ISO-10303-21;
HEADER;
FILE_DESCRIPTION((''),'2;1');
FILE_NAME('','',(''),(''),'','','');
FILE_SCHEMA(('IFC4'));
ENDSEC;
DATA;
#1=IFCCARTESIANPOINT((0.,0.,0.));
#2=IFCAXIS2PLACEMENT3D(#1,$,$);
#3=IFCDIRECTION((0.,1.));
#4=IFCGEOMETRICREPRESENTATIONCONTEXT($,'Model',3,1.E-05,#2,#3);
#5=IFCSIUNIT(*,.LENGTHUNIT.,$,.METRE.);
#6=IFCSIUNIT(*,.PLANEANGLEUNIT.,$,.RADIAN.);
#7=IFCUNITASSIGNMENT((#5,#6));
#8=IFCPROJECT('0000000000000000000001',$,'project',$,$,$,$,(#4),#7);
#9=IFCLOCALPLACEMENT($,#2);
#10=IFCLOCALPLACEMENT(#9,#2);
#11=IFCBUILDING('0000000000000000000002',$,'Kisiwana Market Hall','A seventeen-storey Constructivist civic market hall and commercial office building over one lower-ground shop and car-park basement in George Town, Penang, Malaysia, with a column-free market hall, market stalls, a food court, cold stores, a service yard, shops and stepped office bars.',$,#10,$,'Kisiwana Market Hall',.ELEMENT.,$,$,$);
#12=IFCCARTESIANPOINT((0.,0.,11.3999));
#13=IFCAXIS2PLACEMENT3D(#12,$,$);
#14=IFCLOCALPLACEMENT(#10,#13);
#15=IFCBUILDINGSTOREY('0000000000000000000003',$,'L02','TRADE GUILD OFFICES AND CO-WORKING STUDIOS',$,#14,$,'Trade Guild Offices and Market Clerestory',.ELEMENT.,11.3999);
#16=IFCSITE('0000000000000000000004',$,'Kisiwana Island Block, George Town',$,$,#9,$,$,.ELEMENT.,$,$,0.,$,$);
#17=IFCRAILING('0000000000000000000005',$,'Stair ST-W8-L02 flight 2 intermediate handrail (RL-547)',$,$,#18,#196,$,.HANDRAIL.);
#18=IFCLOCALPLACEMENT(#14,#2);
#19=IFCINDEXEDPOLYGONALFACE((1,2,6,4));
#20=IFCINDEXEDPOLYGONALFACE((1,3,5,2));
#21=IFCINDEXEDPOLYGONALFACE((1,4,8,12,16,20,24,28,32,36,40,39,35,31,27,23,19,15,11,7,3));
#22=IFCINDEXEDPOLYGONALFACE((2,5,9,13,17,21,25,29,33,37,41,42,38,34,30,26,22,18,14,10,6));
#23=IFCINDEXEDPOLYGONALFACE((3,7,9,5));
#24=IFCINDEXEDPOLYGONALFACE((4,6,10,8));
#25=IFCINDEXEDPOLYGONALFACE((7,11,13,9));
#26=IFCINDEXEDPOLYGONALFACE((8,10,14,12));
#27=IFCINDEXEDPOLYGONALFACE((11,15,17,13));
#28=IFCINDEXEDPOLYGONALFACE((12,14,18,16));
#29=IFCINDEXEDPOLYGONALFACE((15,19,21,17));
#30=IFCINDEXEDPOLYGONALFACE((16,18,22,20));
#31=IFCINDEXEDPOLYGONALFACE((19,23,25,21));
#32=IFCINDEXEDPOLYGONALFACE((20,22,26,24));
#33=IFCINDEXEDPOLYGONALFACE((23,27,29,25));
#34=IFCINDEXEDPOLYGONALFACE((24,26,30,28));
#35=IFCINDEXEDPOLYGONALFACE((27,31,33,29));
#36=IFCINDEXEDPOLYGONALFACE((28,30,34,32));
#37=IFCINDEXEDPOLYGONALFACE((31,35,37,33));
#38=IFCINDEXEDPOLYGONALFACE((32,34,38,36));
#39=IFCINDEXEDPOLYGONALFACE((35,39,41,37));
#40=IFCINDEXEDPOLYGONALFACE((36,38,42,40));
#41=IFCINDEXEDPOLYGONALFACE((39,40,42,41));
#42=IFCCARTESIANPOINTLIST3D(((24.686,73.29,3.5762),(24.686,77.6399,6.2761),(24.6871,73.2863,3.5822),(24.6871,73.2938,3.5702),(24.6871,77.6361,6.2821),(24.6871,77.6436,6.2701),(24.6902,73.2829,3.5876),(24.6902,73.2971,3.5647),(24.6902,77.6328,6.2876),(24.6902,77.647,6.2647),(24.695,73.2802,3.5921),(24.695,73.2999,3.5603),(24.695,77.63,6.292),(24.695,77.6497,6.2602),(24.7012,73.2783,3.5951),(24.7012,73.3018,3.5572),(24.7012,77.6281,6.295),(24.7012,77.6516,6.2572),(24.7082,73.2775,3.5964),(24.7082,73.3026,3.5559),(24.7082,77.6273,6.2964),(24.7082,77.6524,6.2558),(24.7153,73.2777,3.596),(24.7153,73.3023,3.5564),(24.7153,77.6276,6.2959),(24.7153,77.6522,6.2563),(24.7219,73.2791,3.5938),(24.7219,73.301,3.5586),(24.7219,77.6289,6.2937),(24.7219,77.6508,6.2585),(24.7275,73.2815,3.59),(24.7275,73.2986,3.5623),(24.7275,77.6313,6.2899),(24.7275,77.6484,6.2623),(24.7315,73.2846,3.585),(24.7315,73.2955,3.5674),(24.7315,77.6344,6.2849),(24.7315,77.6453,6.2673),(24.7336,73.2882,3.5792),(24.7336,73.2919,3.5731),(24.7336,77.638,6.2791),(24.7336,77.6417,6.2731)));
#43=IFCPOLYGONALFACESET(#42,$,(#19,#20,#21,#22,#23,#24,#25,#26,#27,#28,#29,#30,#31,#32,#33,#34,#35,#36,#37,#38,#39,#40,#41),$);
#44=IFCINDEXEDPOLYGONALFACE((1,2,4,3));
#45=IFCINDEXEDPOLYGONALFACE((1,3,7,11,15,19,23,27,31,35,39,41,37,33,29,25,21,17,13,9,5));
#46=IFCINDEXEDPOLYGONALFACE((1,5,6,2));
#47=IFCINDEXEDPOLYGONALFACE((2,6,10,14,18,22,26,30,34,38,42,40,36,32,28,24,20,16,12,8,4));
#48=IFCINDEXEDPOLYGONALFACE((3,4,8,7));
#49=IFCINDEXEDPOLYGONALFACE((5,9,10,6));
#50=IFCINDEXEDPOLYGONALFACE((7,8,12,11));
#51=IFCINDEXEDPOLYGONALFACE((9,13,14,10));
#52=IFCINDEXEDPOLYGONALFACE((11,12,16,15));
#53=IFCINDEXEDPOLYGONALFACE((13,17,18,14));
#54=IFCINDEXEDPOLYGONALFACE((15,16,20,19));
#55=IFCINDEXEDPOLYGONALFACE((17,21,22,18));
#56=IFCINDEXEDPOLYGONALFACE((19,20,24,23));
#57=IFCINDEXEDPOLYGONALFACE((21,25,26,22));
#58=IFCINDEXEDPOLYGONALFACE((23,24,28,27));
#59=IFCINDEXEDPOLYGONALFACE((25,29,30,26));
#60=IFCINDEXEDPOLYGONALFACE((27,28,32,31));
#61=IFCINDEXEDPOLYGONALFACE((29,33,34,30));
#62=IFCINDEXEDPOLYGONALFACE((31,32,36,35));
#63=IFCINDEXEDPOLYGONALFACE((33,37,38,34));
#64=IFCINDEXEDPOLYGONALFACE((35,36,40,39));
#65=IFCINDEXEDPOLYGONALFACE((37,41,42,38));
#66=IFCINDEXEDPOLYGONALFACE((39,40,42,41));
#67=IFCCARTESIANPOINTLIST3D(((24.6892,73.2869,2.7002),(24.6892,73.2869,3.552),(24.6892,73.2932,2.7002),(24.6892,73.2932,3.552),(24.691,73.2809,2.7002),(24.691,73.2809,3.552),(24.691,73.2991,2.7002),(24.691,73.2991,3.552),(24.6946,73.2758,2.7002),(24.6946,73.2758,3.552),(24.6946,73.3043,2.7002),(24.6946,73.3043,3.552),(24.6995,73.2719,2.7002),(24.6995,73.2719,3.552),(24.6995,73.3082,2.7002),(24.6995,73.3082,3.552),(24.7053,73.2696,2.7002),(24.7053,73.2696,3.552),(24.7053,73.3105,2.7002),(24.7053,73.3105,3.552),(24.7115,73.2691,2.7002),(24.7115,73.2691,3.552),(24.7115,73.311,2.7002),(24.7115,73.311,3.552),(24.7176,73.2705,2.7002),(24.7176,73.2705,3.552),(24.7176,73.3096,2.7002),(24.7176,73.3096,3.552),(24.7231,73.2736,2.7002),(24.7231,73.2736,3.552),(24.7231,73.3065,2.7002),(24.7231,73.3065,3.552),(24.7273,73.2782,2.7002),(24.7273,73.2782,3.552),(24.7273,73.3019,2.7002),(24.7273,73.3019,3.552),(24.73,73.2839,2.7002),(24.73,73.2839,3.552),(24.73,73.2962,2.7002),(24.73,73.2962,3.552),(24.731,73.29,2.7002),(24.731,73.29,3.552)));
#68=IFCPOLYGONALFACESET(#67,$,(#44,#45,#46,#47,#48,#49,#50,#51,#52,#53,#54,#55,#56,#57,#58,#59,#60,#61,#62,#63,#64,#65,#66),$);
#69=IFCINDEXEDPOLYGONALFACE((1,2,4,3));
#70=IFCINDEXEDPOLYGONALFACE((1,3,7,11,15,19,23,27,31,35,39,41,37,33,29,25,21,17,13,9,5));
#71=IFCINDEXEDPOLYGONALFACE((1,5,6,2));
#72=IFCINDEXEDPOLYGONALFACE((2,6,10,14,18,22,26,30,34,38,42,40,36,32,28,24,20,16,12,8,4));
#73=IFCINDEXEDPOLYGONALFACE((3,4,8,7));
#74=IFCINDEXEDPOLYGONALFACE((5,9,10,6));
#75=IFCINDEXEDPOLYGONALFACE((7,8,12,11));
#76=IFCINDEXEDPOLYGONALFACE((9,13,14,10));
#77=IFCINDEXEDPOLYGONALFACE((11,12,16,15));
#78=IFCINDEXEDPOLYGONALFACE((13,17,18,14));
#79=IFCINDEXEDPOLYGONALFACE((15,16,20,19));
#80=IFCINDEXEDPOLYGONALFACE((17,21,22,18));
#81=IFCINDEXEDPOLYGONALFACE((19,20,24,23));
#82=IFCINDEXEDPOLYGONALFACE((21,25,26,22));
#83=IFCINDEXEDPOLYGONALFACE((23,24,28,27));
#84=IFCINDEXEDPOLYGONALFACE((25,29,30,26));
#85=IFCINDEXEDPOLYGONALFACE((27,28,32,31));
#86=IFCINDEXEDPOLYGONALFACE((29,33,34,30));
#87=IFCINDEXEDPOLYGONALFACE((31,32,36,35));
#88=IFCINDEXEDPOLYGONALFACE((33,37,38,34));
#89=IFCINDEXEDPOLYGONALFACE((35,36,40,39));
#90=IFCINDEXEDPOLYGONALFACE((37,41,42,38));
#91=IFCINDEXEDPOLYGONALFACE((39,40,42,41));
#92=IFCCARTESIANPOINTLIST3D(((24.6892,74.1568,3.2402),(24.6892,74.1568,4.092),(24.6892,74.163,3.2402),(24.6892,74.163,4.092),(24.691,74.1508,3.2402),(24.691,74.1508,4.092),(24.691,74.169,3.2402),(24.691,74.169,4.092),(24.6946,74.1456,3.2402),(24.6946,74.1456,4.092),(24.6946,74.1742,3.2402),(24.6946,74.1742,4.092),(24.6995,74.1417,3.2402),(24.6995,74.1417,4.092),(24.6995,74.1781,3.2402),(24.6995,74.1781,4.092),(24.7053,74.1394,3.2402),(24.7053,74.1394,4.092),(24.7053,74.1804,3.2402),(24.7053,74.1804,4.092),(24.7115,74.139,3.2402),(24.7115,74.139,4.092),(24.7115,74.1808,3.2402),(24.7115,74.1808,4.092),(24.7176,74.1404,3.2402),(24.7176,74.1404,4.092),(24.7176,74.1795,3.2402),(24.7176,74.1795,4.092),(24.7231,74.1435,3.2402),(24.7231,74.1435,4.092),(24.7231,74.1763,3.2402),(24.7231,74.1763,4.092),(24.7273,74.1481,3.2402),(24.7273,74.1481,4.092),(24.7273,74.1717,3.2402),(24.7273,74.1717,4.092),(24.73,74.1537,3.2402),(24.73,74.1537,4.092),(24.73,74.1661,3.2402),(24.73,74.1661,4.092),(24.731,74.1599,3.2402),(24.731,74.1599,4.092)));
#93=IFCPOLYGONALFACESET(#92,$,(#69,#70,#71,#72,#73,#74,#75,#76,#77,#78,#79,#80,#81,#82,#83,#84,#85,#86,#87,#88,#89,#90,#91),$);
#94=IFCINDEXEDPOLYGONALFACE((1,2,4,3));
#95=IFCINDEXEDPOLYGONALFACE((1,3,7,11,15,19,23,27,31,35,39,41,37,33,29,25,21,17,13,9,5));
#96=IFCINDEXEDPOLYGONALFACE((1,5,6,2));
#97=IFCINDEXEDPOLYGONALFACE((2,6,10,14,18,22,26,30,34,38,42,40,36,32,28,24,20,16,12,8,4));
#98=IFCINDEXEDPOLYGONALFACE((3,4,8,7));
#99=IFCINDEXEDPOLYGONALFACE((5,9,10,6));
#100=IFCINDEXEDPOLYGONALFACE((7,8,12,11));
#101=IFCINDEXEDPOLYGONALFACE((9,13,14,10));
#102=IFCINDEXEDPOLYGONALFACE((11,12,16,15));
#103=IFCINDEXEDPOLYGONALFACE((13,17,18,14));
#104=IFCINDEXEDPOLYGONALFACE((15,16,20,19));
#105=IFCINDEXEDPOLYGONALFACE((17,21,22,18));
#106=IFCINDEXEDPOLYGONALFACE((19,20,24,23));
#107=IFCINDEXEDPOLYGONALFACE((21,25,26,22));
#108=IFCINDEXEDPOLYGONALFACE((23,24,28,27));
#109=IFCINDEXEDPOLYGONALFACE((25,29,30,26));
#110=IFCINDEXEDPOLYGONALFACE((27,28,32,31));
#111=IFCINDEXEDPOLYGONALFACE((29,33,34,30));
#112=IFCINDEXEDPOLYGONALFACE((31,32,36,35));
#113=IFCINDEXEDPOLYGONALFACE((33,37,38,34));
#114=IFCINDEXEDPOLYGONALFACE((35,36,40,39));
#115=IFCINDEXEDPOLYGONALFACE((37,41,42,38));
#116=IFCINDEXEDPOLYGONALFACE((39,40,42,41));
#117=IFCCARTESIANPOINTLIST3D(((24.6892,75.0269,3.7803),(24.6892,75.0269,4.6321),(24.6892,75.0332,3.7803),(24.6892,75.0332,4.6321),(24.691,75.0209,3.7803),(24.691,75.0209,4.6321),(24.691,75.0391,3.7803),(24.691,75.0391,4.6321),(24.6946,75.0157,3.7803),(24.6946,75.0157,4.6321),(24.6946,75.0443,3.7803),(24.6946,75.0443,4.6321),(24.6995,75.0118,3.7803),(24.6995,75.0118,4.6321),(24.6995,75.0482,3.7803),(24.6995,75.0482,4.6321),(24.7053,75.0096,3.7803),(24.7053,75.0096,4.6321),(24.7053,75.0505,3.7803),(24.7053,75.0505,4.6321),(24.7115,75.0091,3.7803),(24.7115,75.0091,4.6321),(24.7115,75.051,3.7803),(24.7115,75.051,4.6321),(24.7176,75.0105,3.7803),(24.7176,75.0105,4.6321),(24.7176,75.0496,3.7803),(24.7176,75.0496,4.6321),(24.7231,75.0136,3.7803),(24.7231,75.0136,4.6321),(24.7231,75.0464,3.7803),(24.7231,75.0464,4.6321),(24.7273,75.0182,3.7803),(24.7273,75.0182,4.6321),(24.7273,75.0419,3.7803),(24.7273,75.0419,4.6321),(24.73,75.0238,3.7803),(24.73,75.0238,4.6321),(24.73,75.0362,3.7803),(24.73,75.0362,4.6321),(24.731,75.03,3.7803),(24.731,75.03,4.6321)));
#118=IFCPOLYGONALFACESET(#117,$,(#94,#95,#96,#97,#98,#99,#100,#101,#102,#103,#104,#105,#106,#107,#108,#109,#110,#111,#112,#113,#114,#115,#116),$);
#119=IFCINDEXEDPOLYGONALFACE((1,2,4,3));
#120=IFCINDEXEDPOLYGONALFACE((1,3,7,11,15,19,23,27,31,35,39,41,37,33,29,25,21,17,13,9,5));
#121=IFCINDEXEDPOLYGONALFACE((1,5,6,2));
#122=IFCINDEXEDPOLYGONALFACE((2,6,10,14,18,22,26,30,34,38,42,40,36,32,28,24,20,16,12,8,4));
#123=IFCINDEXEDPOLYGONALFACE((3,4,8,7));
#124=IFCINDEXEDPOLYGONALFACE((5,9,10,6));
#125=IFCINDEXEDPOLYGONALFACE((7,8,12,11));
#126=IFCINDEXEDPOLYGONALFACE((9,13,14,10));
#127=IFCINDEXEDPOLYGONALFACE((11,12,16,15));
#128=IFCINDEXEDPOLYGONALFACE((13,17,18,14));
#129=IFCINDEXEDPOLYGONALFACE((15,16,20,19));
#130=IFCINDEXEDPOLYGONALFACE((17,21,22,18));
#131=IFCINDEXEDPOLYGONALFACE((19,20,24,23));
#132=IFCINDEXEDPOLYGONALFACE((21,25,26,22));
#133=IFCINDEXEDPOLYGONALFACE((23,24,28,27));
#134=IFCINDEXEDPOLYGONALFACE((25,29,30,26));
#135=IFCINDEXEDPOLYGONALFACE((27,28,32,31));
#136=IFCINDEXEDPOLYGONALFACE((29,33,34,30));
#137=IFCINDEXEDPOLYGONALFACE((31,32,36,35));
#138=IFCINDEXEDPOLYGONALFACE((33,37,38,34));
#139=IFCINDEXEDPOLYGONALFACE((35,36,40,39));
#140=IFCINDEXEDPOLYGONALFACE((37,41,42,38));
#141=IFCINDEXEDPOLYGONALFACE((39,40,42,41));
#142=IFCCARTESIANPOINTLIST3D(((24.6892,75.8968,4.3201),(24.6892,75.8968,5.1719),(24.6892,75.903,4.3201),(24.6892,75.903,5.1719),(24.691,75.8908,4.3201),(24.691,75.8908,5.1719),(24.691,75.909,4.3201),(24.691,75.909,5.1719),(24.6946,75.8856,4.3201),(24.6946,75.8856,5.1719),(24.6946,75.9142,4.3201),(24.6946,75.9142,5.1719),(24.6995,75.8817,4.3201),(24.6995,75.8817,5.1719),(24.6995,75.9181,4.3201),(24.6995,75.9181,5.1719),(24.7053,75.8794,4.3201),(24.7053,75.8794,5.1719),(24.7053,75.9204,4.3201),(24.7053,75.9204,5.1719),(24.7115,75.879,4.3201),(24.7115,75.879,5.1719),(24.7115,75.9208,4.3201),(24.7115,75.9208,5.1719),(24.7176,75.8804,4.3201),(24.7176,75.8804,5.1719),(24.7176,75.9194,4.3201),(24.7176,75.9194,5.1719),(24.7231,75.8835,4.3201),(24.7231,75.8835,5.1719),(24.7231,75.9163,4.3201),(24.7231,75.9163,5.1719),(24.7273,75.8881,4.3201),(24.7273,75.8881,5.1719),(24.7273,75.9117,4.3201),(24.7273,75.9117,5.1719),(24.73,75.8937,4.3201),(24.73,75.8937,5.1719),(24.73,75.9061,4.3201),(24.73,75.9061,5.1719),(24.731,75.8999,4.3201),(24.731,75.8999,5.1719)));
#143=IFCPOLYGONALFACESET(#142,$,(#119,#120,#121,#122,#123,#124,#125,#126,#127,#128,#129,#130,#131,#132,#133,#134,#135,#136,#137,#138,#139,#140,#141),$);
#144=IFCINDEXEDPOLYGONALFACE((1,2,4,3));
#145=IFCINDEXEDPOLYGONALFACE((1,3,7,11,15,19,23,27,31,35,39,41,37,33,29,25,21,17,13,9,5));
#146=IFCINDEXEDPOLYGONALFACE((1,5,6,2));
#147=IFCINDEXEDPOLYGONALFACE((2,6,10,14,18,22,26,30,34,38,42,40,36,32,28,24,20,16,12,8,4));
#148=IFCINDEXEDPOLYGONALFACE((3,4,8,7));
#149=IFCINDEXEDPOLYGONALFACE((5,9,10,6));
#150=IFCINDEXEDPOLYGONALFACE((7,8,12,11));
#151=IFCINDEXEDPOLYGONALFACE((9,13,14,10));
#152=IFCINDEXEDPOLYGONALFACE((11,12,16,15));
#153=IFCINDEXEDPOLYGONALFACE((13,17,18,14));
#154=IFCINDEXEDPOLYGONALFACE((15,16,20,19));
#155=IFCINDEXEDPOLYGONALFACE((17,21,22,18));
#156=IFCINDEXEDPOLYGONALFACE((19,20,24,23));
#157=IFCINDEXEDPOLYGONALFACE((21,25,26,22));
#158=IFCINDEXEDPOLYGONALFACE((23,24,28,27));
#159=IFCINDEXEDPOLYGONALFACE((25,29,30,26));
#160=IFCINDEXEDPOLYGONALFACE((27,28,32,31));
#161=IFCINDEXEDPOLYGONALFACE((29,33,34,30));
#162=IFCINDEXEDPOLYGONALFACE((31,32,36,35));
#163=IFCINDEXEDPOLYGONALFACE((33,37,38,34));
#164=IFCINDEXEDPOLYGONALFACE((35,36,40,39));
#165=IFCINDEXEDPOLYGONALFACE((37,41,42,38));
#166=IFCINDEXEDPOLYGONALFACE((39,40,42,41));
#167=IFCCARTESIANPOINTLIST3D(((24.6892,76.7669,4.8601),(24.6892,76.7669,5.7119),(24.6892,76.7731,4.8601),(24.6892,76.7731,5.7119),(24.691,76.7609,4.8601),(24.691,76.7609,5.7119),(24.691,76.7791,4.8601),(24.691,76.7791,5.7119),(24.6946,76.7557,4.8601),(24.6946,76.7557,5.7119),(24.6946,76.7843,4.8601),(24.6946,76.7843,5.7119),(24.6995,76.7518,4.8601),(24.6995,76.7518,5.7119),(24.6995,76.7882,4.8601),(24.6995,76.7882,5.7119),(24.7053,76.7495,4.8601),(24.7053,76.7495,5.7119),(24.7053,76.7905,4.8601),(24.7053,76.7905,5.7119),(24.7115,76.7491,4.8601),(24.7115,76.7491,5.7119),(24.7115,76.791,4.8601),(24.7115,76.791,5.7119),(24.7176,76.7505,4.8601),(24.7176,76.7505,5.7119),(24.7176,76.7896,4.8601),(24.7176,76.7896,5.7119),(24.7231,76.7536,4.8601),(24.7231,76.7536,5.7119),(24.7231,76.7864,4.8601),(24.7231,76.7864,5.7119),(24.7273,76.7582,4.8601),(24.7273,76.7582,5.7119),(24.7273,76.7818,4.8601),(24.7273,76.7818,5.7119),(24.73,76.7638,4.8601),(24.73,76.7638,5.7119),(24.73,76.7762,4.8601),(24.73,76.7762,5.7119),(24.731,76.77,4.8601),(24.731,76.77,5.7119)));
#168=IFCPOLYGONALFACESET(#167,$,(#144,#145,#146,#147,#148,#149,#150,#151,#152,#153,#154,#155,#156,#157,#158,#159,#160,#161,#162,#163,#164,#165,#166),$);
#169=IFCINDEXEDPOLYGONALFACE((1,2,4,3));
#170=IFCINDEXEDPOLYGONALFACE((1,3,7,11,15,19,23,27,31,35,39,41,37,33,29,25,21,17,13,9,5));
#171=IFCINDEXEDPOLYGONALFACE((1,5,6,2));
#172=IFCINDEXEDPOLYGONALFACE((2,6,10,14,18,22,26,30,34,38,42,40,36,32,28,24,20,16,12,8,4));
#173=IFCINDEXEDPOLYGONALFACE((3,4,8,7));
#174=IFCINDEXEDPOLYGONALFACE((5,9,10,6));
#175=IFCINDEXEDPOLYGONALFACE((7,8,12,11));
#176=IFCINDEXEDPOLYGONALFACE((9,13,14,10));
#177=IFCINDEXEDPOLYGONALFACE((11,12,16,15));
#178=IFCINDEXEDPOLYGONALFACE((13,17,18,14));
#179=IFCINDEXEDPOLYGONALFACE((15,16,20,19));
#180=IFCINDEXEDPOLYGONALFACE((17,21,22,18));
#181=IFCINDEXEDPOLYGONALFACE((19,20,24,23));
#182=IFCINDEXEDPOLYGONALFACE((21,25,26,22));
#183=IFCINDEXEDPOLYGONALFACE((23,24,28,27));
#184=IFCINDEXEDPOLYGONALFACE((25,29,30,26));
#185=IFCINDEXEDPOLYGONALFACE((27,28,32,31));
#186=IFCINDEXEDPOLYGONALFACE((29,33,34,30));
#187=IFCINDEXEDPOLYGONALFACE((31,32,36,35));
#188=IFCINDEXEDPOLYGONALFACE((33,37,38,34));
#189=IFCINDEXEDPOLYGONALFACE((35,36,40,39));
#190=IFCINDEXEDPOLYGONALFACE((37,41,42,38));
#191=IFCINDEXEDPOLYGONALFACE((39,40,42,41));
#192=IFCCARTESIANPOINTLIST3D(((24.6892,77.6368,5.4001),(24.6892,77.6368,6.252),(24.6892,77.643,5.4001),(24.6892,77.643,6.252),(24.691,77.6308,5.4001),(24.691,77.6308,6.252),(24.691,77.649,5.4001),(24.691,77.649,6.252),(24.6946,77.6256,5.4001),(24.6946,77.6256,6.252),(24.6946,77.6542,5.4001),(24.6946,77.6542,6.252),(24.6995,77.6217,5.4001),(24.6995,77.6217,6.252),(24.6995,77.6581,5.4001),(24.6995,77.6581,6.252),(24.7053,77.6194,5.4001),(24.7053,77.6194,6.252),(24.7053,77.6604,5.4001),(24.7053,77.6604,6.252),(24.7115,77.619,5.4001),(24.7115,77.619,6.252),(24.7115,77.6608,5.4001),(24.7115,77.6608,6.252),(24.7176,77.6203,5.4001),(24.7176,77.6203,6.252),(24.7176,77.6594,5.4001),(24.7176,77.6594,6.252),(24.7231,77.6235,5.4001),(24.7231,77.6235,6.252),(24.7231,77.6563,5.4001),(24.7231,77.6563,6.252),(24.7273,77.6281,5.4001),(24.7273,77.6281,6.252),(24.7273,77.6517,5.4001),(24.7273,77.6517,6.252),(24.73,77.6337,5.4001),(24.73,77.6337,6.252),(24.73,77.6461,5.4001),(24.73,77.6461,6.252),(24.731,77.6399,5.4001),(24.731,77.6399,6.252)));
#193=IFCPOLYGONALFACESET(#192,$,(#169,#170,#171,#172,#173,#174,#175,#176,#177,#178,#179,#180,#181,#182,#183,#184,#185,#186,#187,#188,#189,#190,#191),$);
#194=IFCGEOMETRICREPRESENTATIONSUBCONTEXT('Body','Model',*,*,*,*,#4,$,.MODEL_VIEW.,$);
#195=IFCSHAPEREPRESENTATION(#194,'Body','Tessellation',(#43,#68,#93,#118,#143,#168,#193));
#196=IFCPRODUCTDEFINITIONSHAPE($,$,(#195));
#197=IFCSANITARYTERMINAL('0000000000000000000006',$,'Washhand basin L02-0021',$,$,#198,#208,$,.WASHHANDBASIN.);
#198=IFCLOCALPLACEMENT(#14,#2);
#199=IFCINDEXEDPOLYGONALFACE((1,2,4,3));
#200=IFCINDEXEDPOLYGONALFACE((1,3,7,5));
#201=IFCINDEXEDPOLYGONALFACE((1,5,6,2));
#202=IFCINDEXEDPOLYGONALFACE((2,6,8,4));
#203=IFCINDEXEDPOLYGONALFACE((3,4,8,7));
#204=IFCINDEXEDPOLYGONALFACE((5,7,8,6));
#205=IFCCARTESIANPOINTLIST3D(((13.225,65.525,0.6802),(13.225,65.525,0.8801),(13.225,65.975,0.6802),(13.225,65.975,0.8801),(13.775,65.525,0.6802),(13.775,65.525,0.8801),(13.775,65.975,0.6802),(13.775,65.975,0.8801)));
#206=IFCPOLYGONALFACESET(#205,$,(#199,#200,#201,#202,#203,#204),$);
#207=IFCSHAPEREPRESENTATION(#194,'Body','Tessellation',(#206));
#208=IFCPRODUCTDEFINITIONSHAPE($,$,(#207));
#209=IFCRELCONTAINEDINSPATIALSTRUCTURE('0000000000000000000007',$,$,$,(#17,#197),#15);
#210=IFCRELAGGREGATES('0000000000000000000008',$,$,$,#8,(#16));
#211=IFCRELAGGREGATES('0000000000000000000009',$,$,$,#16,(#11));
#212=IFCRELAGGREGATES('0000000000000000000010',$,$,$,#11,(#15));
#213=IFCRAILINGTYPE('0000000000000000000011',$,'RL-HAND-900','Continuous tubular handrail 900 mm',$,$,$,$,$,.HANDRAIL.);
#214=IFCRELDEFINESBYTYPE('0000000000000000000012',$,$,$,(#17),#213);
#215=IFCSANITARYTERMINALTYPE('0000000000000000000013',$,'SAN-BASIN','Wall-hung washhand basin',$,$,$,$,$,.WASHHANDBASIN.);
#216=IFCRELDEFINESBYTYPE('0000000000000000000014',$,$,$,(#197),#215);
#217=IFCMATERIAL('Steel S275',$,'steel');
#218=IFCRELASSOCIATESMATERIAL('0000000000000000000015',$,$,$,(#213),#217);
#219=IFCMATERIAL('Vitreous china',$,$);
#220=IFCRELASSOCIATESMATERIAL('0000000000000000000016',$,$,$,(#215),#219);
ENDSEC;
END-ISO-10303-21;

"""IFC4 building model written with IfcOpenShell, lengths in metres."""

from ifc_helpers import new_model, si_unit, direction, frame, origin, origin_2d, place, context, subcontext, project, spatial, rectangle, circle, extrude, material, type_object, element, save


model = new_model("IFC4")

# Units and contexts
model_context = context("Model", 3, precision=1e-05, world=origin(), true_north=direction((0.0, 1.0)))
body_context = subcontext(model_context, "Body", "Model", "MODEL_VIEW")
ifc_project = project(units=[si_unit("LENGTHUNIT", "METRE"), si_unit("PLANEANGLEUNIT", "RADIAN")], contexts=[model_context])

# Site, building, storey
site_placement = place(None, origin())
site = spatial("IfcSite", under=ifc_project, at=site_placement, Name="Kisiwana Island Block, George Town", CompositionType="ELEMENT", RefElevation=0.0)
building_placement = place(site_placement, origin())
building = spatial("IfcBuilding", under=site, at=building_placement, Name="Kisiwana Market Hall", Description="A seventeen-storey Constructivist civic market hall and commercial office building over one lower-ground shop and car-park basement in George Town, Penang, Malaysia, with a column-free market hall, market stalls, a food court, cold stores, a service yard, shops and stepped office bars.", LongName="Kisiwana Market Hall", CompositionType="ELEMENT")
storey_placement = place(building_placement, frame((0.0, 0.0, 11.3999)))
storey = spatial("IfcBuildingStorey", under=building, at=storey_placement, Name="L02", Description="TRADE GUILD OFFICES AND CO-WORKING STUDIOS", LongName="Trade Guild Offices and Market Clerestory", CompositionType="ELEMENT", Elevation=11.3999)

# Railing
ifc_material_1 = material(Name="Steel S275", Category="steel")
railing_type_1 = type_object("IfcRailingType", Name="RL-HAND-900", Description="Continuous tubular handrail 900 mm", PredefinedType="HANDRAIL", material=ifc_material_1)
railing_1_placement = place(storey_placement, frame((24.71, 73.29, 2.7002)))
element("IfcRailing", 1, at=railing_1_placement, inside=storey, type_object=railing_type_1, Name="Stair ST-W8-L02 flight 2 intermediate handrail (RL-547)", PredefinedType="HANDRAIL", context=body_context, shape_type="SweptSolid", body=[
    extrude(circle(Radius=0.0239, at=origin_2d()), frame((0.0, 0.0, 0.876), z_axis=(0.0, 0.849636, 0.527369), x_axis=(-1.0, 0.0, 0.0)), (0.0, 0.0, 1.0), 5.1196),
    extrude(circle(Radius=0.021, at=origin_2d()), origin(), (0.0, 0.0, 1.0), 0.8518),
    extrude(circle(Radius=0.021, at=origin_2d()), frame((0.0, 0.8699, 0.54)), (0.0, 0.0, 1.0), 0.8518),
    extrude(circle(Radius=0.021, at=origin_2d()), frame((0.0, 1.74, 1.0801)), (0.0, 0.0, 1.0), 0.8518),
    extrude(circle(Radius=0.021, at=origin_2d()), frame((0.0, 2.6099, 1.6199)), (0.0, 0.0, 1.0), 0.8518),
    extrude(circle(Radius=0.021, at=origin_2d()), frame((0.0, 3.48, 2.1599)), (0.0, 0.0, 1.0), 0.8518),
    extrude(circle(Radius=0.021, at=origin_2d()), frame((0.0, 4.3499, 2.7)), (0.0, 0.0, 1.0), 0.8518),
])

# Sanitary terminal
ifc_material_2 = material(Name="Vitreous china")
sanitary_terminal_type = type_object("IfcSanitaryTerminalType", Name="SAN-BASIN", Description="Wall-hung washhand basin", PredefinedType="WASHHANDBASIN", material=ifc_material_2)
sanitary_terminal_placement = place(storey_placement, frame((13.5, 65.75, 0.6802), z_axis=(0.0, 0.0, 1.0), x_axis=(1.0, 0.0, 0.0)))
element("IfcSanitaryTerminal", 2, at=sanitary_terminal_placement, inside=storey, type_object=sanitary_terminal_type, Name="Washhand basin L02-0021", PredefinedType="WASHHANDBASIN", context=body_context, shape_type="SweptSolid", body=[
    extrude(rectangle(XDim=0.55, YDim=0.45, at=origin_2d()), origin(), (0.0, 0.0, 1.0), 0.2),
])

save(model, "model.ifc")
